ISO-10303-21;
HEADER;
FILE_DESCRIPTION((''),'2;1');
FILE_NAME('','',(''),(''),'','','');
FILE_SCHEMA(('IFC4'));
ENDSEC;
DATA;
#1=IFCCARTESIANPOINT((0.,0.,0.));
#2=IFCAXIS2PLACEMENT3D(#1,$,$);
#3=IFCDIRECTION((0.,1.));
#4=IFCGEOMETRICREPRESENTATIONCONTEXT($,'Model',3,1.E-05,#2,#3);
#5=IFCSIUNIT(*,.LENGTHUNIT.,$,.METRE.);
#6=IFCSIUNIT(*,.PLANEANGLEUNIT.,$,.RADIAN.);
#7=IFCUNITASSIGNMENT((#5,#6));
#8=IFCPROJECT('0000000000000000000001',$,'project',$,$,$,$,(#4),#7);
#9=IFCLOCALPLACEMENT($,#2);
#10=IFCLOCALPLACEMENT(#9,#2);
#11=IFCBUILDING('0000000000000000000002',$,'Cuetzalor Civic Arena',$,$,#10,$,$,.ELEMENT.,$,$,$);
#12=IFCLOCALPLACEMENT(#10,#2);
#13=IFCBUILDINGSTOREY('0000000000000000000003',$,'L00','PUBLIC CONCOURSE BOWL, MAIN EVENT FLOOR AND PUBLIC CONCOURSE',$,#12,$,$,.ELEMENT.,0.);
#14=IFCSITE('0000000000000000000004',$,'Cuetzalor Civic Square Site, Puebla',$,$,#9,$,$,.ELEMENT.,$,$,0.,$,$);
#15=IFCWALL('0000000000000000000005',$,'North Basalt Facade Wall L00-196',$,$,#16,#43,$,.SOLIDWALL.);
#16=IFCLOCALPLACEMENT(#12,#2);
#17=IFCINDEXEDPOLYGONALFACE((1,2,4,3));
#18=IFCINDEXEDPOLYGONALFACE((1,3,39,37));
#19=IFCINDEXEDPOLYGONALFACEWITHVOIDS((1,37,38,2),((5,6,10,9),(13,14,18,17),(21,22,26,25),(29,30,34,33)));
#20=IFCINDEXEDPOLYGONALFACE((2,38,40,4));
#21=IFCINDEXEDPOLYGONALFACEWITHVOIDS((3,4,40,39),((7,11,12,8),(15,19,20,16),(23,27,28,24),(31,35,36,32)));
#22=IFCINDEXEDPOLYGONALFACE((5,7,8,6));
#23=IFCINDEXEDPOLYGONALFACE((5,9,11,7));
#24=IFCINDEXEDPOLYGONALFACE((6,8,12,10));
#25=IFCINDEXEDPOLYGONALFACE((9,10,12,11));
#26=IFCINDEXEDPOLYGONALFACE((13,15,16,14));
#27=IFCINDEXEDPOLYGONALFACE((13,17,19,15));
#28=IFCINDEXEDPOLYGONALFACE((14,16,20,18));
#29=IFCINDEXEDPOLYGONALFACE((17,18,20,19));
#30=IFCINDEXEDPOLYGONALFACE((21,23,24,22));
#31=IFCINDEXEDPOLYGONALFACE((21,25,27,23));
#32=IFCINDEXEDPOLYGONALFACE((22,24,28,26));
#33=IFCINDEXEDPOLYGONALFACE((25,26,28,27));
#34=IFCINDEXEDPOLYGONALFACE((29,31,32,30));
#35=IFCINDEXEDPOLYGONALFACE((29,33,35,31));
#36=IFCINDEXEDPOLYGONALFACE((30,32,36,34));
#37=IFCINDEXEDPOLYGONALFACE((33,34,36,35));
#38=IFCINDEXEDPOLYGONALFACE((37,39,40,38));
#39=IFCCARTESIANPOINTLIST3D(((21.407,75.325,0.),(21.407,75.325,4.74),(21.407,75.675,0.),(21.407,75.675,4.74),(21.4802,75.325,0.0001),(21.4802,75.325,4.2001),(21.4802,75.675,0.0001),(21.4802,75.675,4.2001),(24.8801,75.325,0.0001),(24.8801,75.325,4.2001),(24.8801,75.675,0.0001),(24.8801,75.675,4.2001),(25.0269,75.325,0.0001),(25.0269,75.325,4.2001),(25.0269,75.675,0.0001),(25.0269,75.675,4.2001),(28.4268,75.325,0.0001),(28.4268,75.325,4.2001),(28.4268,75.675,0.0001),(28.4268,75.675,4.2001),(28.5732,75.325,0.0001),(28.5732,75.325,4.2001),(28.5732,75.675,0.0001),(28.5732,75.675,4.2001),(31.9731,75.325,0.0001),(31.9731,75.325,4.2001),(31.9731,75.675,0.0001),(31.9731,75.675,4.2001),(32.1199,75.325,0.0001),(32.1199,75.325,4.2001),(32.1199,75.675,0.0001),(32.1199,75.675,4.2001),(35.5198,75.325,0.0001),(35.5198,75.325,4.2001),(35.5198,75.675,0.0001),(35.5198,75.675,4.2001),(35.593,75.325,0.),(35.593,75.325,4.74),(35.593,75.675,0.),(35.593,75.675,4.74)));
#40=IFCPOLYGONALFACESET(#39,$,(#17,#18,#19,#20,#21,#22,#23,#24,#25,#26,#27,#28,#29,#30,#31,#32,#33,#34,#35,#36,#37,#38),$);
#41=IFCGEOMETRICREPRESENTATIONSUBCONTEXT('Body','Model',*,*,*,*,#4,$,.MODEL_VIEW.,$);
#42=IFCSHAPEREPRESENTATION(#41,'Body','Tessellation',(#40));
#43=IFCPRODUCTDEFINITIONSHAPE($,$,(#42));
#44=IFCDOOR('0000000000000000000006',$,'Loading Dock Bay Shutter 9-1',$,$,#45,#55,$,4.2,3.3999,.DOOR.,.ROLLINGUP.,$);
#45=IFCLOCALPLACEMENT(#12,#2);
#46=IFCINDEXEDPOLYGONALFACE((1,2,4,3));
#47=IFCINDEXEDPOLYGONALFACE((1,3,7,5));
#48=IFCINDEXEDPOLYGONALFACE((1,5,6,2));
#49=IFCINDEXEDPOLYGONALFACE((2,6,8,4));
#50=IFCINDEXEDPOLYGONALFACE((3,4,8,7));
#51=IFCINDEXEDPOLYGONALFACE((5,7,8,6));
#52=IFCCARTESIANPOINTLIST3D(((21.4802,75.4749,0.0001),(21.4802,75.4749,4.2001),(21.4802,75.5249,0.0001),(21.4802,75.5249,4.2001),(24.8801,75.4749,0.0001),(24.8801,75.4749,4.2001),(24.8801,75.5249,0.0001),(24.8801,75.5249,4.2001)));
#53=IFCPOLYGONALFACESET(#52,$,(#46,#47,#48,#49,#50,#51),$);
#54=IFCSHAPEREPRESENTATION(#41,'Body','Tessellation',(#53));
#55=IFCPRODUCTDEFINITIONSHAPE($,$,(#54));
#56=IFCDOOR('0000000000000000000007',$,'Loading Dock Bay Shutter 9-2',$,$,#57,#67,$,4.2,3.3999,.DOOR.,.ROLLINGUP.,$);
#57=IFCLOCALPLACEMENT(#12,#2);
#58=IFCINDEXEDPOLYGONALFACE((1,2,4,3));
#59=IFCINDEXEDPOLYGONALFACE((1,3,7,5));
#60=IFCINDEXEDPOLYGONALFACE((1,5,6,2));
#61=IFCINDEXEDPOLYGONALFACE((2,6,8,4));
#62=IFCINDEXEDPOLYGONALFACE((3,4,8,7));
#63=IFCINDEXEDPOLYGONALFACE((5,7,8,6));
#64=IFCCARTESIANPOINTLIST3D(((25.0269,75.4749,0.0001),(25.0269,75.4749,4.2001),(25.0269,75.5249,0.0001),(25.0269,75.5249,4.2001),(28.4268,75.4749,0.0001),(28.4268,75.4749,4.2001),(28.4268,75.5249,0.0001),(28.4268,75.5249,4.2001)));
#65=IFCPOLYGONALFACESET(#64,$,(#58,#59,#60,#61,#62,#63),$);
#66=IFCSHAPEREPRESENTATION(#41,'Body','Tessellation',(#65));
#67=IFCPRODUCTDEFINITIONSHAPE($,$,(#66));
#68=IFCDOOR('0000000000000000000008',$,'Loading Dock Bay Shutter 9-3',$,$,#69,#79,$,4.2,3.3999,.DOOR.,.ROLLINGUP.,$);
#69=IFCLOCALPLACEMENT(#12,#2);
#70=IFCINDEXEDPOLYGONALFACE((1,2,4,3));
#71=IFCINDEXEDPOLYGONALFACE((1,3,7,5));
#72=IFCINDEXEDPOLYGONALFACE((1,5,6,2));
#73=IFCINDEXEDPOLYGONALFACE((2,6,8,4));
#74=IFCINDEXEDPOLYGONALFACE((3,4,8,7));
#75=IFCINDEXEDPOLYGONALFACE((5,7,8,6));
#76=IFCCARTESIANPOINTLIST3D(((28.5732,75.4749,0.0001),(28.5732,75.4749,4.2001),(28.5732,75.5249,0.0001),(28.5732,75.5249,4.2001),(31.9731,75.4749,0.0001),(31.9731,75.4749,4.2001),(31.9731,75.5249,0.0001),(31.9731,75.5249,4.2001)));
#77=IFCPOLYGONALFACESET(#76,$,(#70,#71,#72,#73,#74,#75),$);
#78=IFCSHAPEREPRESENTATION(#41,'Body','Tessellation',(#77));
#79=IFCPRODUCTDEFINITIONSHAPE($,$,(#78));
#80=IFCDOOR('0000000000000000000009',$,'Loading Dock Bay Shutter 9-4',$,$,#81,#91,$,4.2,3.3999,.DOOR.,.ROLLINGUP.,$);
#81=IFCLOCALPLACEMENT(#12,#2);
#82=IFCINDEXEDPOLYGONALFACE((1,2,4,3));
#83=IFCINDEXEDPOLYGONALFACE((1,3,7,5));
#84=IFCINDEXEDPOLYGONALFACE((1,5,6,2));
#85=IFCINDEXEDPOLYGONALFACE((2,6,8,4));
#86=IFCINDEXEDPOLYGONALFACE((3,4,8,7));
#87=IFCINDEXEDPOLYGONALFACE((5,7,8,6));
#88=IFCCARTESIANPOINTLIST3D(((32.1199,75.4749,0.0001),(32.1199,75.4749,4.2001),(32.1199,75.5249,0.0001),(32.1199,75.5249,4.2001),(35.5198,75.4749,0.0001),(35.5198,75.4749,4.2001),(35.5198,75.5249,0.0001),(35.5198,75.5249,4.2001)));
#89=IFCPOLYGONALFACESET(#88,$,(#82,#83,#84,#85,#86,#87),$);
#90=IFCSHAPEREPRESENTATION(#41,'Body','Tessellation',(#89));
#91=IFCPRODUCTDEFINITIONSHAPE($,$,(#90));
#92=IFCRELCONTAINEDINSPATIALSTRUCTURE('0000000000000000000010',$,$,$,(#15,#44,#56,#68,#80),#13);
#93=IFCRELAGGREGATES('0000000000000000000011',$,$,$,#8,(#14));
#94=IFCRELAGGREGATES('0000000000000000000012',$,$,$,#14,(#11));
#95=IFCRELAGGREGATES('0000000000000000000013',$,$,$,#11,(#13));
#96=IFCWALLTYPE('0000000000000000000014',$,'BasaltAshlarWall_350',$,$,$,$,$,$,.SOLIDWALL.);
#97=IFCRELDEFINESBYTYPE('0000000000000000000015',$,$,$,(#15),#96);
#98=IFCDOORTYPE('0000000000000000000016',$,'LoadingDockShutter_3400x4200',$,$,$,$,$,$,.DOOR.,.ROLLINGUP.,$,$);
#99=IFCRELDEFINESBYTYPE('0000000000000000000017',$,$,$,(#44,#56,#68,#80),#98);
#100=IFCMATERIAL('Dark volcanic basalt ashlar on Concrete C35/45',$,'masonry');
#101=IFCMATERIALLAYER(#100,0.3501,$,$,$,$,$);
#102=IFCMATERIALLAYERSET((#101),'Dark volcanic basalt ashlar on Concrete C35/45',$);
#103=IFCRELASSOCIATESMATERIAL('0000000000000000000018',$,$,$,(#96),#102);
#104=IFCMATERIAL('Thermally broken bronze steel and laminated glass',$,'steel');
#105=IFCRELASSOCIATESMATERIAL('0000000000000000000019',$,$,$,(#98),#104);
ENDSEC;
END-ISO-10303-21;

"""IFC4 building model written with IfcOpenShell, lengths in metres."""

from ifc_helpers import new_model, si_unit, direction, frame, frame_2d, origin, place, context, subcontext, project, spatial, rectangle, extrude, material, layer, layer_set, type_object, element, fill, save


model = new_model("IFC4")

# Units and contexts
model_context = context("Model", 3, precision=1e-05, world=origin(), true_north=direction((0.0, 1.0)))
body_context = subcontext(model_context, "Body", "Model", "MODEL_VIEW")
ifc_project = project(units=[si_unit("LENGTHUNIT", "METRE"), si_unit("PLANEANGLEUNIT", "RADIAN")], contexts=[model_context])

# Site, building, storey
site_placement = place(None, origin())
site = spatial("IfcSite", under=ifc_project, at=site_placement, Name="Cuetzalor Civic Square Site, Puebla", CompositionType="ELEMENT", RefElevation=0.0)
building_placement = place(site_placement, origin())
building = spatial("IfcBuilding", under=site, at=building_placement, Name="Cuetzalor Civic Arena", CompositionType="ELEMENT")
storey_placement = place(building_placement, origin())
storey = spatial("IfcBuildingStorey", under=building, at=storey_placement, Name="L00", Description="PUBLIC CONCOURSE BOWL, MAIN EVENT FLOOR AND PUBLIC CONCOURSE", CompositionType="ELEMENT", Elevation=0.0)

# Wall, openings, doors
ifc_material_1 = material(Name="Dark volcanic basalt ashlar on Concrete C35/45", Category="masonry")
ifc_layer_1 = layer(ifc_material_1, 0.3501)
ifc_layer_set_1 = layer_set([ifc_layer_1], Name="Dark volcanic basalt ashlar on Concrete C35/45")
wall_type_1 = type_object("IfcWallType", Name="BasaltAshlarWall_350", PredefinedType="SOLIDWALL", material=ifc_layer_set_1)
wall_1_placement = place(storey_placement, frame((21.407, 75.5, 0.0), z_axis=(0.0, 0.0, 1.0), x_axis=(1.0, 0.0, 0.0)))
wall_1 = element("IfcWall", 1, at=wall_1_placement, inside=storey, type_object=wall_type_1, Name="North Basalt Facade Wall L00-196", PredefinedType="SOLIDWALL", context=body_context, shape_type="SweptSolid", body=[
    extrude(rectangle(XDim=14.186, YDim=0.3501, at=frame_2d((7.093, 0.0))), origin(), (0.0, 0.0, 1.0), 4.74),
])
opening_1_placement = place(wall_1_placement, frame((0.0732, 0.0, 0.0)))
opening_1 = element("IfcOpeningElement", 2, at=opening_1_placement, cuts=wall_1, PredefinedType="OPENING", context=body_context, shape_type="SweptSolid", body=[
    extrude(rectangle(XDim=3.3999, YDim=4.2, at=frame_2d((1.7, 2.1001))), frame((0.0, 0.1851, 0.0), z_axis=(0.0, -1.0, 0.0), x_axis=(1.0, 0.0, 0.0)), (0.0, 0.0, 1.0), 0.3701),
])
opening_2_placement = place(wall_1_placement, frame((3.6199, 0.0, 0.0)))
opening_2 = element("IfcOpeningElement", 3, at=opening_2_placement, cuts=wall_1, PredefinedType="OPENING", context=body_context, shape_type="SweptSolid", body=[
    extrude(rectangle(XDim=3.3999, YDim=4.2, at=frame_2d((1.7, 2.1001))), frame((0.0, 0.1851, 0.0), z_axis=(0.0, -1.0, 0.0), x_axis=(1.0, 0.0, 0.0)), (0.0, 0.0, 1.0), 0.3701),
])
opening_3_placement = place(wall_1_placement, frame((7.1663, 0.0, 0.0)))
opening_3 = element("IfcOpeningElement", 4, at=opening_3_placement, cuts=wall_1, PredefinedType="OPENING", context=body_context, shape_type="SweptSolid", body=[
    extrude(rectangle(XDim=3.3999, YDim=4.2, at=frame_2d((1.7, 2.1001))), frame((0.0, 0.1851, 0.0), z_axis=(0.0, -1.0, 0.0), x_axis=(1.0, 0.0, 0.0)), (0.0, 0.0, 1.0), 0.3701),
])
opening_4_placement = place(wall_1_placement, frame((10.7129, 0.0, 0.0)))
opening_4 = element("IfcOpeningElement", 5, at=opening_4_placement, cuts=wall_1, PredefinedType="OPENING", context=body_context, shape_type="SweptSolid", body=[
    extrude(rectangle(XDim=3.3999, YDim=4.2, at=frame_2d((1.7, 2.1001))), frame((0.0, 0.1851, 0.0), z_axis=(0.0, -1.0, 0.0), x_axis=(1.0, 0.0, 0.0)), (0.0, 0.0, 1.0), 0.3701),
])
ifc_material_2 = material(Name="Thermally broken bronze steel and laminated glass", Category="steel")
door_type = type_object("IfcDoorType", Name="LoadingDockShutter_3400x4200", OperationType="ROLLINGUP", PredefinedType="DOOR", material=ifc_material_2)
door_1_placement = place(opening_1_placement, origin())
door_1 = element("IfcDoor", 6, at=door_1_placement, inside=storey, type_object=door_type, Name="Loading Dock Bay Shutter 9-1", OperationType="ROLLINGUP", OverallHeight=4.2, OverallWidth=3.3999, PredefinedType="DOOR", context=body_context, shape_type="SweptSolid", body=[
    extrude(rectangle(XDim=3.3999, YDim=4.2, at=frame_2d((1.7, 2.1001))), frame((0.0, 0.0249, 0.0), z_axis=(0.0, -1.0, 0.0), x_axis=(1.0, 0.0, 0.0)), (0.0, 0.0, 1.0), 0.05),
])
fill(opening_1, door_1)
door_2_placement = place(opening_2_placement, origin())
door_2 = element("IfcDoor", 7, at=door_2_placement, inside=storey, type_object=door_type, Name="Loading Dock Bay Shutter 9-2", OperationType="ROLLINGUP", OverallHeight=4.2, OverallWidth=3.3999, PredefinedType="DOOR", context=body_context, shape_type="SweptSolid", body=[
    extrude(rectangle(XDim=3.3999, YDim=4.2, at=frame_2d((1.7, 2.1001))), frame((0.0, 0.0249, 0.0), z_axis=(0.0, -1.0, 0.0), x_axis=(1.0, 0.0, 0.0)), (0.0, 0.0, 1.0), 0.05),
])
fill(opening_2, door_2)
door_3_placement = place(opening_3_placement, origin())
door_3 = element("IfcDoor", 8, at=door_3_placement, inside=storey, type_object=door_type, Name="Loading Dock Bay Shutter 9-3", OperationType="ROLLINGUP", OverallHeight=4.2, OverallWidth=3.3999, PredefinedType="DOOR", context=body_context, shape_type="SweptSolid", body=[
    extrude(rectangle(XDim=3.3999, YDim=4.2, at=frame_2d((1.7, 2.1001))), frame((0.0, 0.0249, 0.0), z_axis=(0.0, -1.0, 0.0), x_axis=(1.0, 0.0, 0.0)), (0.0, 0.0, 1.0), 0.05),
])
fill(opening_3, door_3)
door_4_placement = place(opening_4_placement, origin())
door_4 = element("IfcDoor", 9, at=door_4_placement, inside=storey, type_object=door_type, Name="Loading Dock Bay Shutter 9-4", OperationType="ROLLINGUP", OverallHeight=4.2, OverallWidth=3.3999, PredefinedType="DOOR", context=body_context, shape_type="SweptSolid", body=[
    extrude(rectangle(XDim=3.3999, YDim=4.2, at=frame_2d((1.7, 2.1001))), frame((0.0, 0.0249, 0.0), z_axis=(0.0, -1.0, 0.0), x_axis=(1.0, 0.0, 0.0)), (0.0, 0.0, 1.0), 0.05),
])
fill(opening_4, door_4)

save(model, "model.ifc")
